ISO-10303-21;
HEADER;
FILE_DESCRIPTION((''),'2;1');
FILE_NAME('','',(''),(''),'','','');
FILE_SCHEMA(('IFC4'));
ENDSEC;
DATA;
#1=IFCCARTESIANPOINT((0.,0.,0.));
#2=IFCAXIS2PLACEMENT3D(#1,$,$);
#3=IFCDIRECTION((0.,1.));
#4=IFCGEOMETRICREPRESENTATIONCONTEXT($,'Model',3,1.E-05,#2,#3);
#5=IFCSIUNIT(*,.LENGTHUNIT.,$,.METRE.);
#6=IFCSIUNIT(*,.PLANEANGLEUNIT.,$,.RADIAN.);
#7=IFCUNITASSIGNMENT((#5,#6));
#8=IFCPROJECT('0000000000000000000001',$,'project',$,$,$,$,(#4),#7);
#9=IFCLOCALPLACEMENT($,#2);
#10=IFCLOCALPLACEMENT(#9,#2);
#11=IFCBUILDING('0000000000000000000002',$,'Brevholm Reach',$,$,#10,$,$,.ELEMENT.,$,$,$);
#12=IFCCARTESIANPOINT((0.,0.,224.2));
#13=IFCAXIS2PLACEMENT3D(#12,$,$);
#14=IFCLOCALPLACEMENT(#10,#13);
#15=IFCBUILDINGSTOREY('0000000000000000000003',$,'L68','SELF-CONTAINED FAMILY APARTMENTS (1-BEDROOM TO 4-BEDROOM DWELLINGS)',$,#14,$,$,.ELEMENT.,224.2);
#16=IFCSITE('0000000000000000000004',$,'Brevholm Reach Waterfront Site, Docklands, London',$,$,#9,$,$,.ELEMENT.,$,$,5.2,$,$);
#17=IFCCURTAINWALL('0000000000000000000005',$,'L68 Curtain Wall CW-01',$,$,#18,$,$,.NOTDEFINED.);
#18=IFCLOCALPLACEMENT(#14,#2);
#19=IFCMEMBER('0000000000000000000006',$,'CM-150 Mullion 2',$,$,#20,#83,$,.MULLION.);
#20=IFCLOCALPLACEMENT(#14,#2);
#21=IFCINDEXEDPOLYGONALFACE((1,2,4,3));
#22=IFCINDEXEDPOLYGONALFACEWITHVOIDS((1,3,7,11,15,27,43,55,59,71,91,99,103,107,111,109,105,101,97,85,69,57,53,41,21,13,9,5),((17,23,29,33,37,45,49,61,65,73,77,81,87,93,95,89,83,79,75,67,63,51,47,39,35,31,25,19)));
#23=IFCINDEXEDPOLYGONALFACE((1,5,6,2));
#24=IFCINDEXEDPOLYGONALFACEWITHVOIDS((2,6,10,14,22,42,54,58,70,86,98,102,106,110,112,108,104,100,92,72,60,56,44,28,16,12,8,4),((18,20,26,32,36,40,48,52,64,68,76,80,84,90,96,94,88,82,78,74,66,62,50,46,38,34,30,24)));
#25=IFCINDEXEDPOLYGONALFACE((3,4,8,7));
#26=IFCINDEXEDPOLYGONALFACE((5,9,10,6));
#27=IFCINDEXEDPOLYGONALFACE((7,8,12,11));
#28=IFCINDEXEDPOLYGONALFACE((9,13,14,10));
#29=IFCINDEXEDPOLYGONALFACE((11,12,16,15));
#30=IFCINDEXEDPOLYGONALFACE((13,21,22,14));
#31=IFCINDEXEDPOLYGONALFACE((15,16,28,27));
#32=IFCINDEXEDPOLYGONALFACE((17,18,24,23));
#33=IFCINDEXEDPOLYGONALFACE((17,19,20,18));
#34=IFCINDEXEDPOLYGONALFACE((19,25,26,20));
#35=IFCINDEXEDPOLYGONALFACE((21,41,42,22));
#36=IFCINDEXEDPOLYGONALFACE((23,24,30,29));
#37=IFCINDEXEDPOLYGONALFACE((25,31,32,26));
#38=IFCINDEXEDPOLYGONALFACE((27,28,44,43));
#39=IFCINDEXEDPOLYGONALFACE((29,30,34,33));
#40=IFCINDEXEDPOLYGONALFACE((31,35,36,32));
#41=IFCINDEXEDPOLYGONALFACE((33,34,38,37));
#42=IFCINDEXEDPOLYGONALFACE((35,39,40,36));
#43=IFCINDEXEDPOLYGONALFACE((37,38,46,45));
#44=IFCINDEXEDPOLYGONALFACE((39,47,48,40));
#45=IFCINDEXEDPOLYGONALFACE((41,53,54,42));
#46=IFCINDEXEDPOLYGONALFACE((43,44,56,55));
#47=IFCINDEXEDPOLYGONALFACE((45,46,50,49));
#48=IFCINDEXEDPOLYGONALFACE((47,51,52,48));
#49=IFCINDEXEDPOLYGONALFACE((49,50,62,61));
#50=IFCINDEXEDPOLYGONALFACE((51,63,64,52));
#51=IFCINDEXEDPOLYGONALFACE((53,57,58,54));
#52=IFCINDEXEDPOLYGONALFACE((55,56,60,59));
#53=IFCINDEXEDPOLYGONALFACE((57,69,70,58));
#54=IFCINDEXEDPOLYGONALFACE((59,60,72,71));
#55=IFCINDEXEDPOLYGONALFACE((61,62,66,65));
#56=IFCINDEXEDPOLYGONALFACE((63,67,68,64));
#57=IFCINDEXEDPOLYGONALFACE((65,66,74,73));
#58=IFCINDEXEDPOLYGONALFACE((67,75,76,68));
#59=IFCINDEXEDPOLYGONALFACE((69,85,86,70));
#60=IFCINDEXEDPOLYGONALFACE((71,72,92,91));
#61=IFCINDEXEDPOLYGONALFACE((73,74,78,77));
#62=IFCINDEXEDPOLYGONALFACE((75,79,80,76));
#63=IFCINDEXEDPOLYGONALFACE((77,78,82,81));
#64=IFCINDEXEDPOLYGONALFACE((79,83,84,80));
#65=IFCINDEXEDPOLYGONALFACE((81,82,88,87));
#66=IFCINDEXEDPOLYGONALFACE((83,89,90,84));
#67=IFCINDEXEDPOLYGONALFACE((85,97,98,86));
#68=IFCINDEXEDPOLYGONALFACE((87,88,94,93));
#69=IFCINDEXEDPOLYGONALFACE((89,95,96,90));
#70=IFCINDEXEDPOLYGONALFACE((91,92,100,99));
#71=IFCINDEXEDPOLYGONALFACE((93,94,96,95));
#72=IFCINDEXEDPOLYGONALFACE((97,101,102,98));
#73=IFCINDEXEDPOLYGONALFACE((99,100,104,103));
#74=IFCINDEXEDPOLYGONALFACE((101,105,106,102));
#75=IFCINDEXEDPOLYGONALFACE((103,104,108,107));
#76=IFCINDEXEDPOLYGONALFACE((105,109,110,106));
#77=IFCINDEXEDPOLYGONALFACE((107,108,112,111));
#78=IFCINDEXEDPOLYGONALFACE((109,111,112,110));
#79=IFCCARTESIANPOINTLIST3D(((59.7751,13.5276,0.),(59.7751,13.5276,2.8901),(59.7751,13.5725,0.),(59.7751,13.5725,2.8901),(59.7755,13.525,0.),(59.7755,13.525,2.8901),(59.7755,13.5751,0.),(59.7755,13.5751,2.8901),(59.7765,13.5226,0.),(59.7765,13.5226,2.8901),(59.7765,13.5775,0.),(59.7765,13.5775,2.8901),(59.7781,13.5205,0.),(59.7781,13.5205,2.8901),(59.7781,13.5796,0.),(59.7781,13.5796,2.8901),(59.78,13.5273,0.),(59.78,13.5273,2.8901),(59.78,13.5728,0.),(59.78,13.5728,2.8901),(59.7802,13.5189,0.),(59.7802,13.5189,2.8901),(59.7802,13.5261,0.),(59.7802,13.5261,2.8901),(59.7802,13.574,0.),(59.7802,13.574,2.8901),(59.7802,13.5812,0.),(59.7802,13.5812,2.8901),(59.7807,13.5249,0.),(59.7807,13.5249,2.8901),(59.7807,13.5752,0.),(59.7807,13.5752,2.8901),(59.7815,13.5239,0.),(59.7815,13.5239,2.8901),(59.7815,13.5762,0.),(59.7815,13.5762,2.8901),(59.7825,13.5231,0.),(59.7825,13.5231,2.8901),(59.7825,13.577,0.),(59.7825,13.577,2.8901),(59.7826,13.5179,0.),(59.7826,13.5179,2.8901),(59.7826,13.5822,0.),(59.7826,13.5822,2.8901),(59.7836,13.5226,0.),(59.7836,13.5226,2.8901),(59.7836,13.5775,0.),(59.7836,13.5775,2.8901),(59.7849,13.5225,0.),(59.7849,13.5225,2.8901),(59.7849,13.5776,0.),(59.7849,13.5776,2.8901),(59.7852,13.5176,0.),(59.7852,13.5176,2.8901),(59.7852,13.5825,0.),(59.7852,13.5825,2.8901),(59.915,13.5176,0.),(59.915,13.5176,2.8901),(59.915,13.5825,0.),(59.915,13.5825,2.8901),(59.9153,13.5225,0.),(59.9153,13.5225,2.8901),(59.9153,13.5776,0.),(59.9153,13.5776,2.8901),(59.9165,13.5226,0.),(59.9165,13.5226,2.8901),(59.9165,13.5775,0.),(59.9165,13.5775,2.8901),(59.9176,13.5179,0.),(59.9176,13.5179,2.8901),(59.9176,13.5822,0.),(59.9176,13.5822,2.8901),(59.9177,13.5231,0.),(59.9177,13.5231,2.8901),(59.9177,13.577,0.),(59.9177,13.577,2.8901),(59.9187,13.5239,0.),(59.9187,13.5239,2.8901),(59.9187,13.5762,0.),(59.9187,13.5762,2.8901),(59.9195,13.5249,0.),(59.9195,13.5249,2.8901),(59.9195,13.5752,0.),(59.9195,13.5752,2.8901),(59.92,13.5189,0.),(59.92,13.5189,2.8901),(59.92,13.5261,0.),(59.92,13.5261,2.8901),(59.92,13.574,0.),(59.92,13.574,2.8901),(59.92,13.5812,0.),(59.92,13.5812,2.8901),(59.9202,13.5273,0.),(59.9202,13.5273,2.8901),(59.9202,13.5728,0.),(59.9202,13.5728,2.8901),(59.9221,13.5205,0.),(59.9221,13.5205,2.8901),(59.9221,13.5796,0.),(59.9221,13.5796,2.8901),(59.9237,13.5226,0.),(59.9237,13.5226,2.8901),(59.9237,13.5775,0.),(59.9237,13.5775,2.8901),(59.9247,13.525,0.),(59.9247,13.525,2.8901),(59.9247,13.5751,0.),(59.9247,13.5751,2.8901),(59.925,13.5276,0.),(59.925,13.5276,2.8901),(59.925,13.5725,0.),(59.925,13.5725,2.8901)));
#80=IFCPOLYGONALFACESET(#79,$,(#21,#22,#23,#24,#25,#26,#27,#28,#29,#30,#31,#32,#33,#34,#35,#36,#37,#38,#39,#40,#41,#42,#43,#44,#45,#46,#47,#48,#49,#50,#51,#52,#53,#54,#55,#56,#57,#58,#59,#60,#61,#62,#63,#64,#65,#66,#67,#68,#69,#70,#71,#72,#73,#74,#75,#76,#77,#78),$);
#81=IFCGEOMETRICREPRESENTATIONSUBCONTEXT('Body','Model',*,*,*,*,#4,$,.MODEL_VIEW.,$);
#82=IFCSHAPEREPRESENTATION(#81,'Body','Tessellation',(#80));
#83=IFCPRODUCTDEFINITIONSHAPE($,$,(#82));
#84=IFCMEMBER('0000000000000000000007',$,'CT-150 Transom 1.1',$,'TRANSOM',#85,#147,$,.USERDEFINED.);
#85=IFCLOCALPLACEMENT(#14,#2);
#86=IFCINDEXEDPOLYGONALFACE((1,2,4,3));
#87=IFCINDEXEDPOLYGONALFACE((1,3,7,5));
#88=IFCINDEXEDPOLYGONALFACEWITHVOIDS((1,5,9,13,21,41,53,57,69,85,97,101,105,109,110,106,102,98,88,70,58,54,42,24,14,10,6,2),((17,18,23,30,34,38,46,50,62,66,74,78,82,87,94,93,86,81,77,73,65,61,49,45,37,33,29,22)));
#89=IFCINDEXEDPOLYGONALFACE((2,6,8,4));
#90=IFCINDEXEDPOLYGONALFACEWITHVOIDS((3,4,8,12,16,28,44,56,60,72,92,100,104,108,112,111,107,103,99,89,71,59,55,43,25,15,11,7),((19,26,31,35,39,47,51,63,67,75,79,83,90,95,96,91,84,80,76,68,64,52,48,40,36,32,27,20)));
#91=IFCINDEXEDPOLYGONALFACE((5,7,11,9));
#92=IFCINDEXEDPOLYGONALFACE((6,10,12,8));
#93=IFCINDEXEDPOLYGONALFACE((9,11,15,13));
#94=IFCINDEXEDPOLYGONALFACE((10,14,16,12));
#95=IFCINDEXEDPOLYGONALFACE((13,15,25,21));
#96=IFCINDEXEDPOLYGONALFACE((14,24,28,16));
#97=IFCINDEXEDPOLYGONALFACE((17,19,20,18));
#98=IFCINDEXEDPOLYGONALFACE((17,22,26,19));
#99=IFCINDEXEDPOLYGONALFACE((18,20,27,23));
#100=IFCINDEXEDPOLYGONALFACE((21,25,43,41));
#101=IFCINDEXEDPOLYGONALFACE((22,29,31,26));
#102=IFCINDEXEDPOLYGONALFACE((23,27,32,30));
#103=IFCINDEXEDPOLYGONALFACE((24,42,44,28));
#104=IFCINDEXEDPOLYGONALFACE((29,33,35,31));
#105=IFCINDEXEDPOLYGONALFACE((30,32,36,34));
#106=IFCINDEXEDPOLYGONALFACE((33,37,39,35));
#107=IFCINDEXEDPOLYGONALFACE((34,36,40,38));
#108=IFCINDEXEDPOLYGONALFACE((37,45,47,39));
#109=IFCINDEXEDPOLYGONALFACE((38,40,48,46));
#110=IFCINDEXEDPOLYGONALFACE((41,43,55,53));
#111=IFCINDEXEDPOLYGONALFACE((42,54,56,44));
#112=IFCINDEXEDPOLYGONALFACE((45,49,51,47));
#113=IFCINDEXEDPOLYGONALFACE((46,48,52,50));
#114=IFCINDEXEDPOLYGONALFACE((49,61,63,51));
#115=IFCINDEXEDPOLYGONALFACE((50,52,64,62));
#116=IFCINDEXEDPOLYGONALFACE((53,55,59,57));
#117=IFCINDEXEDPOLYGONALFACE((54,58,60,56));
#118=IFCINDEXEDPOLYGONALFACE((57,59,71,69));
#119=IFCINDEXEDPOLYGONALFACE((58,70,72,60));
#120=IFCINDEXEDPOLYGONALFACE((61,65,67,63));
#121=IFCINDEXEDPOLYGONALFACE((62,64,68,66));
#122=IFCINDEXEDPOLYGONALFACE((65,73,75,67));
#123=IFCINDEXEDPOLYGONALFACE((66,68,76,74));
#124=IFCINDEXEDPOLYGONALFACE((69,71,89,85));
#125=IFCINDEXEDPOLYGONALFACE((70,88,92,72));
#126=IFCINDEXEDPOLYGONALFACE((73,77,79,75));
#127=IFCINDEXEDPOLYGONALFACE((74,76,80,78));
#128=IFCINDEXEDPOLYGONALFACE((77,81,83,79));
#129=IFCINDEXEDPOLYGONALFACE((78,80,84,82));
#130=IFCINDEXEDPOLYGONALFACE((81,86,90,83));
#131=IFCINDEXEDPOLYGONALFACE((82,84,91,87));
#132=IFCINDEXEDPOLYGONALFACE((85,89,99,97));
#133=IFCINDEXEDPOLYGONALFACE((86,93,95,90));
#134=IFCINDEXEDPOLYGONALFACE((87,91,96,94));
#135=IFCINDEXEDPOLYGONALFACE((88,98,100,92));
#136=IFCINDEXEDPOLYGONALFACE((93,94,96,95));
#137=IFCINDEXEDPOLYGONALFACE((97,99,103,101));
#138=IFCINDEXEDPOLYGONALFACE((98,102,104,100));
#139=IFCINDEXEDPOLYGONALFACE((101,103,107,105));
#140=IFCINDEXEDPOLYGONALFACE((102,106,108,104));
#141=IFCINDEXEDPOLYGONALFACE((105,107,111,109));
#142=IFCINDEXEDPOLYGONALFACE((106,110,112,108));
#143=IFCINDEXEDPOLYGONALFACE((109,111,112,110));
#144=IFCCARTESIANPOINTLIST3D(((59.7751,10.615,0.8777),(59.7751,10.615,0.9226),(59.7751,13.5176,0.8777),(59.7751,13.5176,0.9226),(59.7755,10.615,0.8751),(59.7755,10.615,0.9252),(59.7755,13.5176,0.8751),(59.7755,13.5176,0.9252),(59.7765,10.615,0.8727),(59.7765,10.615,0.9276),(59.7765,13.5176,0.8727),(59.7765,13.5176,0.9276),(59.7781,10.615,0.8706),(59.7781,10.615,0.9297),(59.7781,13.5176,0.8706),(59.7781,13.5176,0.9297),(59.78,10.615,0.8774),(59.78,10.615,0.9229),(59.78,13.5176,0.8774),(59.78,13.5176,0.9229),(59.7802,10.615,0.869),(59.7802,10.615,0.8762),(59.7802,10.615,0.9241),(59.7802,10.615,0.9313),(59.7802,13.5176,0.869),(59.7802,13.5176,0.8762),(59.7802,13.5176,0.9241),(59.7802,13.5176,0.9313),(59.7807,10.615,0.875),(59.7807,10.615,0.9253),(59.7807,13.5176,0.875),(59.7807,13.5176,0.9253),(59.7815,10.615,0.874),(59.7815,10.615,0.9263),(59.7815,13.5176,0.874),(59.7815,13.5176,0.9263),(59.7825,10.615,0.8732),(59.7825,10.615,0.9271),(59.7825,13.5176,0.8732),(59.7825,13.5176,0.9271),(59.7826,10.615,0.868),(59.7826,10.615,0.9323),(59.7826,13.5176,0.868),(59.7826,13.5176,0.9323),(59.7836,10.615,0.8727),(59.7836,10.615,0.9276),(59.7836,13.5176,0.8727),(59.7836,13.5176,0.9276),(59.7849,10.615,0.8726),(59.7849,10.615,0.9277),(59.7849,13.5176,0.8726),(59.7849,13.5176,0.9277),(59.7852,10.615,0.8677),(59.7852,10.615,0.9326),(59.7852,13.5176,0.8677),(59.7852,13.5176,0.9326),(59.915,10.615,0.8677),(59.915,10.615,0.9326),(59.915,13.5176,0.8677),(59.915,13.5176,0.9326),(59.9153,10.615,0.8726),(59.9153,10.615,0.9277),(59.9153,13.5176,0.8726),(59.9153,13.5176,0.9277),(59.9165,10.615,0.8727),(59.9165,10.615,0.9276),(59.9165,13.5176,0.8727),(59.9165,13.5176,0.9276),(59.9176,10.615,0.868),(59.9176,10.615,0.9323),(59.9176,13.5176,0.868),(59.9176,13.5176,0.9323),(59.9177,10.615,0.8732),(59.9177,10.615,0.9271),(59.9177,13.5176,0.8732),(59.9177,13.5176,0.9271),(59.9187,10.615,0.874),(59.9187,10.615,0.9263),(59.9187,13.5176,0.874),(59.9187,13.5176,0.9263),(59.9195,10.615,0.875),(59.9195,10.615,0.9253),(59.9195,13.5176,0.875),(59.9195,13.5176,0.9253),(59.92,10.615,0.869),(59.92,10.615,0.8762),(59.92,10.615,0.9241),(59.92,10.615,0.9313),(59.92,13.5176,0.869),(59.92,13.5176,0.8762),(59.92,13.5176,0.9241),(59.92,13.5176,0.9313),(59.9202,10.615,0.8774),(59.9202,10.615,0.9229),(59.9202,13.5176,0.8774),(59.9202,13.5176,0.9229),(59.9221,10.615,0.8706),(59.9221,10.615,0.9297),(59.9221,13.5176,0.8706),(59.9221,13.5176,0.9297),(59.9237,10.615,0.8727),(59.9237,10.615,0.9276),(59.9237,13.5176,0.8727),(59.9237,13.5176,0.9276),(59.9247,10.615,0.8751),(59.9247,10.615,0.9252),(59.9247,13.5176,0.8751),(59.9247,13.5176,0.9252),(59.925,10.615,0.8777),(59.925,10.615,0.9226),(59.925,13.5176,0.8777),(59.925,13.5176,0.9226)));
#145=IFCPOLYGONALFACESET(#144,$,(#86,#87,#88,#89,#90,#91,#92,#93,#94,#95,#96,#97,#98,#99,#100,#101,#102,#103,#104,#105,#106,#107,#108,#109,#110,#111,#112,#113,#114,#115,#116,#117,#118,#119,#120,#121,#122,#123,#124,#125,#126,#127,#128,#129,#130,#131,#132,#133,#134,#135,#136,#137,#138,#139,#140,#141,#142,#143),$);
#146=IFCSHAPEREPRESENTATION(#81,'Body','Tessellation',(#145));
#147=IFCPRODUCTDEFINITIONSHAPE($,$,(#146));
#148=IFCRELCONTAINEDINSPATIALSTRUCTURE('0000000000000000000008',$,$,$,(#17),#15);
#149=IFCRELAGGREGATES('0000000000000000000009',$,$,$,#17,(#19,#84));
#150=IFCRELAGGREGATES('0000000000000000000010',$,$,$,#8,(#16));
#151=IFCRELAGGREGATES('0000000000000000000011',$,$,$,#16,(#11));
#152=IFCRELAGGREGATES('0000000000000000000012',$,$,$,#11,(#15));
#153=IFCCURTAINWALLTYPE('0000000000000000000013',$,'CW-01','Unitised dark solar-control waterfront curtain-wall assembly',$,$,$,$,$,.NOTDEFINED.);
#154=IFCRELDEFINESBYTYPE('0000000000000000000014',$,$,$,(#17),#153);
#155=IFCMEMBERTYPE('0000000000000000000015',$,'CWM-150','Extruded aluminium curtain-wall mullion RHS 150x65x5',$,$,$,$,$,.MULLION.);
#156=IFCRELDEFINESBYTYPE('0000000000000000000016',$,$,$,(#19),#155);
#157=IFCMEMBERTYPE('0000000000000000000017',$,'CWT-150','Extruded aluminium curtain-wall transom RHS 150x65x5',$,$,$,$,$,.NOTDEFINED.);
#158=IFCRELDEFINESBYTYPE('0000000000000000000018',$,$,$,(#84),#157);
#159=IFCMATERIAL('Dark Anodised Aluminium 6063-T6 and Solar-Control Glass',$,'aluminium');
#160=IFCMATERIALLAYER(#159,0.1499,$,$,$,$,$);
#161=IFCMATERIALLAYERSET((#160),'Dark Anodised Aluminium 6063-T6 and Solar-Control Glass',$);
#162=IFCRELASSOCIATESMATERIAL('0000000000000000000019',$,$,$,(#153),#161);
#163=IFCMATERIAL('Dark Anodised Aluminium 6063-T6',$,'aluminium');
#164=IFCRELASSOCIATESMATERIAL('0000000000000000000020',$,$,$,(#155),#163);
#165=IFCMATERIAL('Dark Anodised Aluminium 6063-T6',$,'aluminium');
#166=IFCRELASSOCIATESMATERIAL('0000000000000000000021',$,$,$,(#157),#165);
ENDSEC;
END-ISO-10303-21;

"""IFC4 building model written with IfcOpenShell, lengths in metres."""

from ifc_helpers import new_model, si_unit, direction, frame, origin, origin_2d, place, context, subcontext, project, spatial, hollow_rectangle, extrude, material, layer, layer_set, material_profile, profile_set, type_object, element, aggregate, save


model = new_model("IFC4")

# Units and contexts
model_context = context("Model", 3, precision=1e-05, world=origin(), true_north=direction((0.0, 1.0)))
body_context = subcontext(model_context, "Body", "Model", "MODEL_VIEW")
ifc_project = project(units=[si_unit("LENGTHUNIT", "METRE"), si_unit("PLANEANGLEUNIT", "RADIAN")], contexts=[model_context])

# Site, building, storey
site_placement = place(None, origin())
site = spatial("IfcSite", under=ifc_project, at=site_placement, Name="Brevholm Reach Waterfront Site, Docklands, London", CompositionType="ELEMENT", RefElevation=5.2)
building_placement = place(site_placement, origin())
building = spatial("IfcBuilding", under=site, at=building_placement, Name="Brevholm Reach", CompositionType="ELEMENT")
storey_placement = place(building_placement, frame((0.0, 0.0, 224.2)))
storey = spatial("IfcBuildingStorey", under=building, at=storey_placement, Name="L68", Description="SELF-CONTAINED FAMILY APARTMENTS (1-BEDROOM TO 4-BEDROOM DWELLINGS)", CompositionType="ELEMENT", Elevation=224.2)

# Curtain wall, members
ifc_material_1 = material(Name="Dark Anodised Aluminium 6063-T6 and Solar-Control Glass", Category="aluminium")
ifc_layer_1 = layer(ifc_material_1, 0.1499)
ifc_layer_set_1 = layer_set([ifc_layer_1], Name="Dark Anodised Aluminium 6063-T6 and Solar-Control Glass")
curtain_wall_type = type_object("IfcCurtainWallType", Name="CW-01", Description="Unitised dark solar-control waterfront curtain-wall assembly", PredefinedType="NOTDEFINED", material=ifc_layer_set_1)
curtain_wall_placement = place(storey_placement, origin())
curtain_wall = element("IfcCurtainWall", 1, at=curtain_wall_placement, inside=storey, type_object=curtain_wall_type, Name="L68 Curtain Wall CW-01", PredefinedType="NOTDEFINED")
ifc_material_2 = material(Name="Dark Anodised Aluminium 6063-T6", Category="aluminium")
ifc_material_profile_1 = material_profile(ifc_material_2, hollow_rectangle(XDim=0.0649, YDim=0.1499, WallThickness=0.0049, InnerFilletRadius=0.0049, OuterFilletRadius=0.01, at=origin_2d()), Name="RHS 150x65x5")
ifc_profile_set_1 = profile_set([ifc_material_profile_1], Name="Dark Anodised Aluminium 6063-T6")
member_type_1 = type_object("IfcMemberType", Name="CWM-150", Description="Extruded aluminium curtain-wall mullion RHS 150x65x5", PredefinedType="MULLION", material=ifc_profile_set_1)
member_1_placement = place(storey_placement, frame((59.8501, 13.55, 0.0), z_axis=(0.0, 0.0, 1.0), x_axis=(0.0, 1.0, 0.0)))
member_1 = element("IfcMember", 2, at=member_1_placement, type_object=member_type_1, Name="CM-150 Mullion 2", PredefinedType="MULLION", context=body_context, shape_type="SweptSolid", body=[
    extrude(hollow_rectangle(XDim=0.0649, YDim=0.1499, WallThickness=0.0049, InnerFilletRadius=0.0049, OuterFilletRadius=0.01, at=origin_2d()), origin(), (0.0, 0.0, 1.0), 2.8901),
])
ifc_material_3 = material(Name="Dark Anodised Aluminium 6063-T6", Category="aluminium")
ifc_material_profile_2 = material_profile(ifc_material_3, hollow_rectangle(XDim=0.0649, YDim=0.1499, WallThickness=0.0049, InnerFilletRadius=0.0049, OuterFilletRadius=0.01, at=origin_2d()), Name="RHS 150x65x5")
ifc_profile_set_2 = profile_set([ifc_material_profile_2], Name="Dark Anodised Aluminium 6063-T6")
member_type_2 = type_object("IfcMemberType", Name="CWT-150", Description="Extruded aluminium curtain-wall transom RHS 150x65x5", PredefinedType="NOTDEFINED", material=ifc_profile_set_2)
member_2_placement = place(storey_placement, frame((59.8501, 10.615, 0.9001), z_axis=(0.0, 1.0, 0.0), x_axis=(0.0, 0.0, 1.0)))
member_2 = element("IfcMember", 3, at=member_2_placement, type_object=member_type_2, Name="CT-150 Transom 1.1", ObjectType="TRANSOM", PredefinedType="USERDEFINED", context=body_context, shape_type="SweptSolid", body=[
    extrude(hollow_rectangle(XDim=0.0649, YDim=0.1499, WallThickness=0.0049, InnerFilletRadius=0.0049, OuterFilletRadius=0.01, at=origin_2d()), origin(), (0.0, 0.0, 1.0), 2.9026),
])
aggregate(curtain_wall, [member_1, member_2])

save(model, "model.ifc")
